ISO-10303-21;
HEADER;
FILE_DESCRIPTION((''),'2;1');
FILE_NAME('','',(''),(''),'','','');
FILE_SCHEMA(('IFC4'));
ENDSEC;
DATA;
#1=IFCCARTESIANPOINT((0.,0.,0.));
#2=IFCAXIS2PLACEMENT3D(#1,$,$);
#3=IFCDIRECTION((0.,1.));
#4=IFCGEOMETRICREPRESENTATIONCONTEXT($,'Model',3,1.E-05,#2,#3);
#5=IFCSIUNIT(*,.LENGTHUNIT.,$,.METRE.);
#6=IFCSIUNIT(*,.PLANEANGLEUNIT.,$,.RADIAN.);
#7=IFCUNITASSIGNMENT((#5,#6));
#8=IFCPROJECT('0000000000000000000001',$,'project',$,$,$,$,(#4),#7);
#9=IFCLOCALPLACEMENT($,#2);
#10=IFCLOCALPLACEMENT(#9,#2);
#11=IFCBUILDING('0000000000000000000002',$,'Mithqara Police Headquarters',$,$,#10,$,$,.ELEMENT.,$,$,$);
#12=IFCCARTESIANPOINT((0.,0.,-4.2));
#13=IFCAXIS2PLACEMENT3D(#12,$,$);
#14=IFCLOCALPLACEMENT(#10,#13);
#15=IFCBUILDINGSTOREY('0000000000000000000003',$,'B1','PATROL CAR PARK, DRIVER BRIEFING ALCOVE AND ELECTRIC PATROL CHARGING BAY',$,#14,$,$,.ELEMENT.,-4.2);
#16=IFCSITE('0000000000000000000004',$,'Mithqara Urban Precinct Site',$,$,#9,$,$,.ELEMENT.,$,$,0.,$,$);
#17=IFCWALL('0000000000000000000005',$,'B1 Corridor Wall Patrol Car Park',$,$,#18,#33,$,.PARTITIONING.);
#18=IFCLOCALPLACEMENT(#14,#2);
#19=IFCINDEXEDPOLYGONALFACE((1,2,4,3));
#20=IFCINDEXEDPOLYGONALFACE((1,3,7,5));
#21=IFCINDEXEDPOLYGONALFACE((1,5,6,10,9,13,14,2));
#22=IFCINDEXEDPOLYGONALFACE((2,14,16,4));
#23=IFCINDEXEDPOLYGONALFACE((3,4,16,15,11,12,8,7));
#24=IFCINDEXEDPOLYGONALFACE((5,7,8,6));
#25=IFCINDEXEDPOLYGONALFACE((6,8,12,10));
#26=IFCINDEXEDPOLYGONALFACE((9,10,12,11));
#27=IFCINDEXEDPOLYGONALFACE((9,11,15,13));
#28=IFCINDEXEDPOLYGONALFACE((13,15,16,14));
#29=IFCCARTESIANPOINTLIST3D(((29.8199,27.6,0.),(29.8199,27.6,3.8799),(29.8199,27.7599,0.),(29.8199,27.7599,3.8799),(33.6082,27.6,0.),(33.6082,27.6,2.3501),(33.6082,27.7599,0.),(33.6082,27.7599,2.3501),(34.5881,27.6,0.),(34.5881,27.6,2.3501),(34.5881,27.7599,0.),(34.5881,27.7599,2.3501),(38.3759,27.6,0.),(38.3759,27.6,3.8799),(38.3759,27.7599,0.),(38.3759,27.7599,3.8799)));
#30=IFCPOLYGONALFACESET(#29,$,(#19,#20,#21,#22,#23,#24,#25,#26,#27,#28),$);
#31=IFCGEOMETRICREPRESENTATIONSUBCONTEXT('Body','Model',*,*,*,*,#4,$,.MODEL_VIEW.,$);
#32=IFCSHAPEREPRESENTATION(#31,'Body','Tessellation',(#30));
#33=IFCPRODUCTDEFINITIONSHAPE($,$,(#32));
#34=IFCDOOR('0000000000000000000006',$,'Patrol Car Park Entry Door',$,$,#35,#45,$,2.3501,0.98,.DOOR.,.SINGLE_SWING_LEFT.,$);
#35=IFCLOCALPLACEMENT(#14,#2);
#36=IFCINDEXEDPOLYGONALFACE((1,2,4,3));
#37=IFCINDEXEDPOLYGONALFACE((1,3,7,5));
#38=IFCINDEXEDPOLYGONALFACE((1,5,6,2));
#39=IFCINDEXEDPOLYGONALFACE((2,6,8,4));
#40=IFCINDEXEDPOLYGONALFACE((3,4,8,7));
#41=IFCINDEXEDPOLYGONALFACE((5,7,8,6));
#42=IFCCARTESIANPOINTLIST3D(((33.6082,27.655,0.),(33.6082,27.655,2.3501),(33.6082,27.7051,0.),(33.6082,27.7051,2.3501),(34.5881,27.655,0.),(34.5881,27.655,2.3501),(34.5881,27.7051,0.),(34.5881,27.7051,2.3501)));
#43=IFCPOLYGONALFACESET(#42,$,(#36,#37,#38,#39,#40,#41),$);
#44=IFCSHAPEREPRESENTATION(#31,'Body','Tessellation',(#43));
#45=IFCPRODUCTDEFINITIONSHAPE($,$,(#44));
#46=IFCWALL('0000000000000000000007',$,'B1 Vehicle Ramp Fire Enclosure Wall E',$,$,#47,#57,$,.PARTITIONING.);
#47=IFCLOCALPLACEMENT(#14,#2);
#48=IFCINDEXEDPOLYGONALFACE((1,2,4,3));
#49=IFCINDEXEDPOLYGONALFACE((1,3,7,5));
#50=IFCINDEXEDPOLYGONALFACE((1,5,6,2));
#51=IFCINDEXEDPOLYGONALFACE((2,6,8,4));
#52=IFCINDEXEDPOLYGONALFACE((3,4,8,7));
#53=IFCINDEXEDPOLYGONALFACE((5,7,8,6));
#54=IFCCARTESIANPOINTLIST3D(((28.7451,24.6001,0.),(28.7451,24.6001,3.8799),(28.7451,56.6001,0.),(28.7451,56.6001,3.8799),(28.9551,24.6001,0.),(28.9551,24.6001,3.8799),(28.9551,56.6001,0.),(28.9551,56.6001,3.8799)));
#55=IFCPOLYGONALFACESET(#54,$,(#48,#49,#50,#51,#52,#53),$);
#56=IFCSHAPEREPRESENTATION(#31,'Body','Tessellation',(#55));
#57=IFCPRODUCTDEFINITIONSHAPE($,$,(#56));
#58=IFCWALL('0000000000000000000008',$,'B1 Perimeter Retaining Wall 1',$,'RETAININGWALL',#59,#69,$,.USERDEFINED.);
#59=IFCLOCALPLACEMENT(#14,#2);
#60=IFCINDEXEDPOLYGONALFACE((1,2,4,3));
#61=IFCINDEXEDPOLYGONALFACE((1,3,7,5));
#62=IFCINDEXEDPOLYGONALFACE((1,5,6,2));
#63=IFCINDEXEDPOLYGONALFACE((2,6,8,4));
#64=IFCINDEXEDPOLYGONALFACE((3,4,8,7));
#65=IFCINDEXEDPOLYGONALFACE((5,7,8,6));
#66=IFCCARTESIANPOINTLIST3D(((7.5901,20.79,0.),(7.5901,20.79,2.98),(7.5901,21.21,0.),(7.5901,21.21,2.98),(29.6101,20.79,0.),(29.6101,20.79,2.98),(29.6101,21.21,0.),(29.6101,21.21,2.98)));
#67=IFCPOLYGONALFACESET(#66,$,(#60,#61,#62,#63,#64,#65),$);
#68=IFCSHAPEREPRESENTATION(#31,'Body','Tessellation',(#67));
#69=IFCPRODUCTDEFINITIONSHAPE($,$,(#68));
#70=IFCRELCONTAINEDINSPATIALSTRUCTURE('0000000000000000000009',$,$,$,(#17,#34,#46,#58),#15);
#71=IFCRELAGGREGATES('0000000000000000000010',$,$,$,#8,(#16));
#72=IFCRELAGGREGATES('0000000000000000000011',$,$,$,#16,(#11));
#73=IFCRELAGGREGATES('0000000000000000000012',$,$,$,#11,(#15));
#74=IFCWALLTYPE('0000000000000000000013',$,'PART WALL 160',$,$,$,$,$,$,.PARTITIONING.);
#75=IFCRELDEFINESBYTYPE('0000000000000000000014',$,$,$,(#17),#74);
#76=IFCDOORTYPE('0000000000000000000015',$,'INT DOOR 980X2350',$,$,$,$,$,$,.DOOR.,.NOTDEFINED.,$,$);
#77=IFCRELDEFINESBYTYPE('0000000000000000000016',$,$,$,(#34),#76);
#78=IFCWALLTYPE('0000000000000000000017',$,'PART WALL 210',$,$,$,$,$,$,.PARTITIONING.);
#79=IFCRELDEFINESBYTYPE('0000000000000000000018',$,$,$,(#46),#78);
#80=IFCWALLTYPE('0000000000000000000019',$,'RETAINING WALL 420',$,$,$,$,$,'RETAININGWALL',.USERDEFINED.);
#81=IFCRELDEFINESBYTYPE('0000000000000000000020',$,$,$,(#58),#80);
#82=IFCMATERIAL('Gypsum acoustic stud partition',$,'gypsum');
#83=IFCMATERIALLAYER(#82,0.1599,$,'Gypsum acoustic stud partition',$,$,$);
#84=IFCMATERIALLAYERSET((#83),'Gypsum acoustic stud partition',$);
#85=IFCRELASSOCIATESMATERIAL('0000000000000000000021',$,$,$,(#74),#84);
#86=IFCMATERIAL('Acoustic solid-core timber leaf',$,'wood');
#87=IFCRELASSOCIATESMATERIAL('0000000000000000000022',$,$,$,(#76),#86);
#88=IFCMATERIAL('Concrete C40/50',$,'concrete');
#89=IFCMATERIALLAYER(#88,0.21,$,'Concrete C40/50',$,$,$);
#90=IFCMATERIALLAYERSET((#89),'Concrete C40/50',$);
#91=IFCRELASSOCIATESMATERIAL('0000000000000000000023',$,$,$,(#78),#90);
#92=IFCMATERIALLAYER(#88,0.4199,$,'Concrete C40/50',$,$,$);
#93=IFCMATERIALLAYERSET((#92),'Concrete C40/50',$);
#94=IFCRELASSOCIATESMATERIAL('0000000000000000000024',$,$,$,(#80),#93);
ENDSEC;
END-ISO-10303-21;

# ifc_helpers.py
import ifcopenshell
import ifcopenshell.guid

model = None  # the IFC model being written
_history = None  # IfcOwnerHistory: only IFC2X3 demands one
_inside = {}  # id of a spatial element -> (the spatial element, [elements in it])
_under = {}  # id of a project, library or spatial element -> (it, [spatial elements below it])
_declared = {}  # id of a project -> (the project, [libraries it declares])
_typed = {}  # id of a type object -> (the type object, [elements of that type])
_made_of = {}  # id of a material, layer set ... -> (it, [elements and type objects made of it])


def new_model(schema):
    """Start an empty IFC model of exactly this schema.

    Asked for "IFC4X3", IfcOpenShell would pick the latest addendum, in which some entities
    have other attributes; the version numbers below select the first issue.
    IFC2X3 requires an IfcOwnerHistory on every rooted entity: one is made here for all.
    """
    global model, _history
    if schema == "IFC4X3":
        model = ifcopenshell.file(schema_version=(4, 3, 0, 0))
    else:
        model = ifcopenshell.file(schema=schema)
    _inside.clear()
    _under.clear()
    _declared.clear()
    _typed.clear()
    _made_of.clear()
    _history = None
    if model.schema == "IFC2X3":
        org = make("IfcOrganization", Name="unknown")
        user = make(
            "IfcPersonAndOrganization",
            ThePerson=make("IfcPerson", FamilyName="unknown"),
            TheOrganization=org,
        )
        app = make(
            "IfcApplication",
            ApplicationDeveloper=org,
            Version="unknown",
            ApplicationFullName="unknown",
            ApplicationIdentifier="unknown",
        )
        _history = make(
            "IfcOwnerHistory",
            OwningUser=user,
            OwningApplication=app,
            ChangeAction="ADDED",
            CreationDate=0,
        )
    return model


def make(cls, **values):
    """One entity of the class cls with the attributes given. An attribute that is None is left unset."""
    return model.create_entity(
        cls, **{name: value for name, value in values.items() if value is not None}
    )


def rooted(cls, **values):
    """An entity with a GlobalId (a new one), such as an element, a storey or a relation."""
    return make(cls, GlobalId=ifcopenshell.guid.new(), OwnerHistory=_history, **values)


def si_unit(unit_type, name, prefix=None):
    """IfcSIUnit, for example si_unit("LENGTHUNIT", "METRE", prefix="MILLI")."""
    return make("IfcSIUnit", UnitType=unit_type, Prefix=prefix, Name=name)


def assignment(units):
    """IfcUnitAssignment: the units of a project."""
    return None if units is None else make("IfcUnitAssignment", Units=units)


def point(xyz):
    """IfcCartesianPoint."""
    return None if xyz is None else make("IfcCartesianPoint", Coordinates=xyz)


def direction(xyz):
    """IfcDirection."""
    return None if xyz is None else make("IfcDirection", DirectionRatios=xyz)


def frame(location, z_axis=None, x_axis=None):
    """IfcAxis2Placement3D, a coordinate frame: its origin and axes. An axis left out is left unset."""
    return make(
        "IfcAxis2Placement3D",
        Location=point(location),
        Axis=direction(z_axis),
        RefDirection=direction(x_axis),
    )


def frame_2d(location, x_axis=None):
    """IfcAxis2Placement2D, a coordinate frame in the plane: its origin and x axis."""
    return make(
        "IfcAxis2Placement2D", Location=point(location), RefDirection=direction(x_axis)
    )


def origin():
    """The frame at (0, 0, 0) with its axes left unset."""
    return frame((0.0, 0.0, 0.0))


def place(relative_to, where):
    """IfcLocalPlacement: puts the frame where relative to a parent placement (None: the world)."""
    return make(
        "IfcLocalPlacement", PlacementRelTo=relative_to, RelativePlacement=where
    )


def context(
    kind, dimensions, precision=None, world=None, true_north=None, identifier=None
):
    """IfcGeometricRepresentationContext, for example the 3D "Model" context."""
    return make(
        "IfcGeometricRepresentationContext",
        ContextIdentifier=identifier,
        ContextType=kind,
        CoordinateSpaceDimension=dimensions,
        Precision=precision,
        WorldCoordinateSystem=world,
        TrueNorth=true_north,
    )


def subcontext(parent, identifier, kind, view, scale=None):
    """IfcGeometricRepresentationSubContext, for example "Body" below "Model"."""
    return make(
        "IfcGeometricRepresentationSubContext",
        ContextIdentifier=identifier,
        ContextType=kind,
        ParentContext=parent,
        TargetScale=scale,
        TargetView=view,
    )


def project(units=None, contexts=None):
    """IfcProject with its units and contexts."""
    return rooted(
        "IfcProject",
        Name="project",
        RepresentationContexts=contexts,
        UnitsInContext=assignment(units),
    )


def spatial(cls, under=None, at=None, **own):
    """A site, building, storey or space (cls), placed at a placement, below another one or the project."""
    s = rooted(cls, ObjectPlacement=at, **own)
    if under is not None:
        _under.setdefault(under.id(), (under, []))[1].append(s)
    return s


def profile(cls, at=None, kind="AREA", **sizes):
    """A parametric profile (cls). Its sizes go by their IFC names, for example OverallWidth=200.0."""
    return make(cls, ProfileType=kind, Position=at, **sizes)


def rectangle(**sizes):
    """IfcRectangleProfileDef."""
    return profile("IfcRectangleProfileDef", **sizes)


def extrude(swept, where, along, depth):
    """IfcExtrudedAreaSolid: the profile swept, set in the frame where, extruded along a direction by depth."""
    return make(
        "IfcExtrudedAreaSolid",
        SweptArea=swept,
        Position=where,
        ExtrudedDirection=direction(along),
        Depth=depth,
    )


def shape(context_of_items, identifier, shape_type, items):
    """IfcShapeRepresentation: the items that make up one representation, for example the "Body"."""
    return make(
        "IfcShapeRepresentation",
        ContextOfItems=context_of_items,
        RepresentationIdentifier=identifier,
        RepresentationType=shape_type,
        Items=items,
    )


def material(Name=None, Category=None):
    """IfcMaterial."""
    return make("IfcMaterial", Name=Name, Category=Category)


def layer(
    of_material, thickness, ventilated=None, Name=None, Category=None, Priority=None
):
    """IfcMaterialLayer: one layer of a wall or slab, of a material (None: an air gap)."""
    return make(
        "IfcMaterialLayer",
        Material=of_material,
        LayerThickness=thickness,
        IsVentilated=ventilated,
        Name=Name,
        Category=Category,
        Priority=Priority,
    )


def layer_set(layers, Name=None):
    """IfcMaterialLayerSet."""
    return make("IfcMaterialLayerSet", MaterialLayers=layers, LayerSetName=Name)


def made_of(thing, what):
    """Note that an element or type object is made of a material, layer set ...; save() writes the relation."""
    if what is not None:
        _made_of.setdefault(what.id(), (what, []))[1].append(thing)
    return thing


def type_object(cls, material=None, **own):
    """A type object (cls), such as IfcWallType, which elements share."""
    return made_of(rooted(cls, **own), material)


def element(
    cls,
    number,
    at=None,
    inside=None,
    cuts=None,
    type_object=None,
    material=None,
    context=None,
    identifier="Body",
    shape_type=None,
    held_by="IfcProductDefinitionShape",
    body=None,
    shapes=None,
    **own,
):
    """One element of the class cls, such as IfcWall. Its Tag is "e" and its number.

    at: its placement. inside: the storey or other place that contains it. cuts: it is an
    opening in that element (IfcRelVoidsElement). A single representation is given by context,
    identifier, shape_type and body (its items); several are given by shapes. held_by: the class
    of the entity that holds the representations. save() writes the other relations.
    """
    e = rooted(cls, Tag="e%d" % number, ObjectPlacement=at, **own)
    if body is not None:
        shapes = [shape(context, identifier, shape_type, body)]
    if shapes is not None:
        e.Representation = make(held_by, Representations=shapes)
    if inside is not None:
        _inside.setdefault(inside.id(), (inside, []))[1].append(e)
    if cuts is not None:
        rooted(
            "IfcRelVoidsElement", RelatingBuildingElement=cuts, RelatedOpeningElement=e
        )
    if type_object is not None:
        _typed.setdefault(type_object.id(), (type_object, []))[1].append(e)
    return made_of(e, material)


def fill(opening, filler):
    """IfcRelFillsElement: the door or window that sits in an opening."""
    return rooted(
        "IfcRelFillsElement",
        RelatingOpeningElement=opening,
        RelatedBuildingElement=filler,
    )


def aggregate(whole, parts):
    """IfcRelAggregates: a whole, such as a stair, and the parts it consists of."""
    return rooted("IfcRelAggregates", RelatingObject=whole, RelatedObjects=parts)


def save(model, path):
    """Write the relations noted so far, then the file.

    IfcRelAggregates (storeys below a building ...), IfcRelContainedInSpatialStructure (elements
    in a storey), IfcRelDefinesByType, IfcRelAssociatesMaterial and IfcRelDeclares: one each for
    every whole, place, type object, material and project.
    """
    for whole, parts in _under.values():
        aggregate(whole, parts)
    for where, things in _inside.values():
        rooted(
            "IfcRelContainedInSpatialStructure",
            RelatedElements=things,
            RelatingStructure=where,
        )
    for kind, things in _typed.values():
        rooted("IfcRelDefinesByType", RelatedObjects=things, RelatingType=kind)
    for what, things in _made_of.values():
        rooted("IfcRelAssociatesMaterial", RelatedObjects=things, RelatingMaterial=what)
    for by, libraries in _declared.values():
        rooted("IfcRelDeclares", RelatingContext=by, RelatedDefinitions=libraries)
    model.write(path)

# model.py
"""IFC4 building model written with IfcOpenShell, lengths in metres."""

from ifc_helpers import new_model, si_unit, direction, frame, frame_2d, origin, place, context, subcontext, project, spatial, rectangle, extrude, material, layer, layer_set, type_object, element, fill, save


model = new_model("IFC4")

# Units and contexts
model_context = context("Model", 3, precision=1e-05, world=origin(), true_north=direction((0.0, 1.0)))
body_context = subcontext(model_context, "Body", "Model", "MODEL_VIEW")
ifc_project = project(units=[si_unit("LENGTHUNIT", "METRE"), si_unit("PLANEANGLEUNIT", "RADIAN")], contexts=[model_context])

# Site, building, storey
site_placement = place(None, origin())
site = spatial("IfcSite", under=ifc_project, at=site_placement, Name="Mithqara Urban Precinct Site", CompositionType="ELEMENT", RefElevation=0.0)
building_placement = place(site_placement, origin())
building = spatial("IfcBuilding", under=site, at=building_placement, Name="Mithqara Police Headquarters", CompositionType="ELEMENT")
storey_placement = place(building_placement, frame((0.0, 0.0, -4.2)))
storey = spatial("IfcBuildingStorey", under=building, at=storey_placement, Name="B1", Description="PATROL CAR PARK, DRIVER BRIEFING ALCOVE AND ELECTRIC PATROL CHARGING BAY", CompositionType="ELEMENT", Elevation=-4.2)

# Shared definitions
ifc_material_1 = material(Name="Concrete C40/50", Category="concrete")

# Wall, opening, door
ifc_material_2 = material(Name="Gypsum acoustic stud partition", Category="gypsum")
ifc_layer_1 = layer(ifc_material_2, 0.1599, Name="Gypsum acoustic stud partition")
ifc_layer_set_1 = layer_set([ifc_layer_1], Name="Gypsum acoustic stud partition")
wall_type_1 = type_object("IfcWallType", Name="PART WALL 160", PredefinedType="PARTITIONING", material=ifc_layer_set_1)
wall_1_placement = place(storey_placement, frame((29.8201, 27.6799, 0.0), z_axis=(0.0, 0.0, 1.0), x_axis=(1.0, 0.0, 0.0)))
wall_1 = element("IfcWall", 1, at=wall_1_placement, inside=storey, type_object=wall_type_1, Name="B1 Corridor Wall Patrol Car Park", PredefinedType="PARTITIONING", context=body_context, shape_type="SweptSolid", body=[
    extrude(rectangle(XDim=8.5559, YDim=0.1599, at=frame_2d((4.2778, 0.0))), origin(), (0.0, 0.0, 1.0), 3.8799),
])
opening_placement = place(wall_1_placement, frame((3.7881, 0.0, 0.0)))
opening = element("IfcOpeningElement", 2, at=opening_placement, cuts=wall_1, PredefinedType="OPENING", context=body_context, shape_type="SweptSolid", body=[
    extrude(rectangle(XDim=0.98, YDim=2.3501, at=frame_2d((0.49, 1.175))), frame((0.0, 0.0898, 0.0), z_axis=(0.0, -1.0, 0.0), x_axis=(1.0, 0.0, 0.0)), (0.0, 0.0, 1.0), 0.1799),
])
ifc_material_3 = material(Name="Acoustic solid-core timber leaf", Category="wood")
door_type = type_object("IfcDoorType", Name="INT DOOR 980X2350", OperationType="NOTDEFINED", PredefinedType="DOOR", material=ifc_material_3)
door_placement = place(opening_placement, frame((0.98, 0.0, 0.0), z_axis=(0.0, 0.0, 1.0), x_axis=(-1.0, 0.0, 0.0)))
door = element("IfcDoor", 3, at=door_placement, inside=storey, type_object=door_type, Name="Patrol Car Park Entry Door", OperationType="SINGLE_SWING_LEFT", OverallHeight=2.3501, OverallWidth=0.98, PredefinedType="DOOR", context=body_context, shape_type="SweptSolid", body=[
    extrude(rectangle(XDim=0.98, YDim=2.3501, at=frame_2d((0.49, 1.175))), frame((0.0, 0.0249, 0.0), z_axis=(0.0, -1.0, 0.0), x_axis=(1.0, 0.0, 0.0)), (0.0, 0.0, 1.0), 0.05),
])
fill(opening, door)

# Walls
ifc_layer_2 = layer(ifc_material_1, 0.21, Name="Concrete C40/50")
ifc_layer_set_2 = layer_set([ifc_layer_2], Name="Concrete C40/50")
wall_type_2 = type_object("IfcWallType", Name="PART WALL 210", PredefinedType="PARTITIONING", material=ifc_layer_set_2)
wall_2_placement = place(storey_placement, frame((28.8501, 24.6001, 0.0), z_axis=(0.0, 0.0, 1.0), x_axis=(0.0, 1.0, 0.0)))
element("IfcWall", 4, at=wall_2_placement, inside=storey, type_object=wall_type_2, Name="B1 Vehicle Ramp Fire Enclosure Wall E", PredefinedType="PARTITIONING", context=body_context, shape_type="SweptSolid", body=[
    extrude(rectangle(XDim=32.0, YDim=0.21, at=frame_2d((16.0, 0.0))), origin(), (0.0, 0.0, 1.0), 3.8799),
])
ifc_layer_3 = layer(ifc_material_1, 0.4199, Name="Concrete C40/50")
ifc_layer_set_3 = layer_set([ifc_layer_3], Name="Concrete C40/50")
wall_type_3 = type_object("IfcWallType", Name="RETAINING WALL 420", ElementType="RETAININGWALL", PredefinedType="USERDEFINED", material=ifc_layer_set_3)
wall_3_placement = place(storey_placement, frame((29.6101, 21.0, 0.0), z_axis=(0.0, 0.0, 1.0), x_axis=(-1.0, 0.0, 0.0)))
element("IfcWall", 5, at=wall_3_placement, inside=storey, type_object=wall_type_3, Name="B1 Perimeter Retaining Wall 1", ObjectType="RETAININGWALL", PredefinedType="USERDEFINED", context=body_context, shape_type="SweptSolid", body=[
    extrude(rectangle(XDim=22.02, YDim=0.4199, at=frame_2d((11.01, 0.0))), origin(), (0.0, 0.0, 1.0), 2.98),
])

save(model, "model.ifc")
